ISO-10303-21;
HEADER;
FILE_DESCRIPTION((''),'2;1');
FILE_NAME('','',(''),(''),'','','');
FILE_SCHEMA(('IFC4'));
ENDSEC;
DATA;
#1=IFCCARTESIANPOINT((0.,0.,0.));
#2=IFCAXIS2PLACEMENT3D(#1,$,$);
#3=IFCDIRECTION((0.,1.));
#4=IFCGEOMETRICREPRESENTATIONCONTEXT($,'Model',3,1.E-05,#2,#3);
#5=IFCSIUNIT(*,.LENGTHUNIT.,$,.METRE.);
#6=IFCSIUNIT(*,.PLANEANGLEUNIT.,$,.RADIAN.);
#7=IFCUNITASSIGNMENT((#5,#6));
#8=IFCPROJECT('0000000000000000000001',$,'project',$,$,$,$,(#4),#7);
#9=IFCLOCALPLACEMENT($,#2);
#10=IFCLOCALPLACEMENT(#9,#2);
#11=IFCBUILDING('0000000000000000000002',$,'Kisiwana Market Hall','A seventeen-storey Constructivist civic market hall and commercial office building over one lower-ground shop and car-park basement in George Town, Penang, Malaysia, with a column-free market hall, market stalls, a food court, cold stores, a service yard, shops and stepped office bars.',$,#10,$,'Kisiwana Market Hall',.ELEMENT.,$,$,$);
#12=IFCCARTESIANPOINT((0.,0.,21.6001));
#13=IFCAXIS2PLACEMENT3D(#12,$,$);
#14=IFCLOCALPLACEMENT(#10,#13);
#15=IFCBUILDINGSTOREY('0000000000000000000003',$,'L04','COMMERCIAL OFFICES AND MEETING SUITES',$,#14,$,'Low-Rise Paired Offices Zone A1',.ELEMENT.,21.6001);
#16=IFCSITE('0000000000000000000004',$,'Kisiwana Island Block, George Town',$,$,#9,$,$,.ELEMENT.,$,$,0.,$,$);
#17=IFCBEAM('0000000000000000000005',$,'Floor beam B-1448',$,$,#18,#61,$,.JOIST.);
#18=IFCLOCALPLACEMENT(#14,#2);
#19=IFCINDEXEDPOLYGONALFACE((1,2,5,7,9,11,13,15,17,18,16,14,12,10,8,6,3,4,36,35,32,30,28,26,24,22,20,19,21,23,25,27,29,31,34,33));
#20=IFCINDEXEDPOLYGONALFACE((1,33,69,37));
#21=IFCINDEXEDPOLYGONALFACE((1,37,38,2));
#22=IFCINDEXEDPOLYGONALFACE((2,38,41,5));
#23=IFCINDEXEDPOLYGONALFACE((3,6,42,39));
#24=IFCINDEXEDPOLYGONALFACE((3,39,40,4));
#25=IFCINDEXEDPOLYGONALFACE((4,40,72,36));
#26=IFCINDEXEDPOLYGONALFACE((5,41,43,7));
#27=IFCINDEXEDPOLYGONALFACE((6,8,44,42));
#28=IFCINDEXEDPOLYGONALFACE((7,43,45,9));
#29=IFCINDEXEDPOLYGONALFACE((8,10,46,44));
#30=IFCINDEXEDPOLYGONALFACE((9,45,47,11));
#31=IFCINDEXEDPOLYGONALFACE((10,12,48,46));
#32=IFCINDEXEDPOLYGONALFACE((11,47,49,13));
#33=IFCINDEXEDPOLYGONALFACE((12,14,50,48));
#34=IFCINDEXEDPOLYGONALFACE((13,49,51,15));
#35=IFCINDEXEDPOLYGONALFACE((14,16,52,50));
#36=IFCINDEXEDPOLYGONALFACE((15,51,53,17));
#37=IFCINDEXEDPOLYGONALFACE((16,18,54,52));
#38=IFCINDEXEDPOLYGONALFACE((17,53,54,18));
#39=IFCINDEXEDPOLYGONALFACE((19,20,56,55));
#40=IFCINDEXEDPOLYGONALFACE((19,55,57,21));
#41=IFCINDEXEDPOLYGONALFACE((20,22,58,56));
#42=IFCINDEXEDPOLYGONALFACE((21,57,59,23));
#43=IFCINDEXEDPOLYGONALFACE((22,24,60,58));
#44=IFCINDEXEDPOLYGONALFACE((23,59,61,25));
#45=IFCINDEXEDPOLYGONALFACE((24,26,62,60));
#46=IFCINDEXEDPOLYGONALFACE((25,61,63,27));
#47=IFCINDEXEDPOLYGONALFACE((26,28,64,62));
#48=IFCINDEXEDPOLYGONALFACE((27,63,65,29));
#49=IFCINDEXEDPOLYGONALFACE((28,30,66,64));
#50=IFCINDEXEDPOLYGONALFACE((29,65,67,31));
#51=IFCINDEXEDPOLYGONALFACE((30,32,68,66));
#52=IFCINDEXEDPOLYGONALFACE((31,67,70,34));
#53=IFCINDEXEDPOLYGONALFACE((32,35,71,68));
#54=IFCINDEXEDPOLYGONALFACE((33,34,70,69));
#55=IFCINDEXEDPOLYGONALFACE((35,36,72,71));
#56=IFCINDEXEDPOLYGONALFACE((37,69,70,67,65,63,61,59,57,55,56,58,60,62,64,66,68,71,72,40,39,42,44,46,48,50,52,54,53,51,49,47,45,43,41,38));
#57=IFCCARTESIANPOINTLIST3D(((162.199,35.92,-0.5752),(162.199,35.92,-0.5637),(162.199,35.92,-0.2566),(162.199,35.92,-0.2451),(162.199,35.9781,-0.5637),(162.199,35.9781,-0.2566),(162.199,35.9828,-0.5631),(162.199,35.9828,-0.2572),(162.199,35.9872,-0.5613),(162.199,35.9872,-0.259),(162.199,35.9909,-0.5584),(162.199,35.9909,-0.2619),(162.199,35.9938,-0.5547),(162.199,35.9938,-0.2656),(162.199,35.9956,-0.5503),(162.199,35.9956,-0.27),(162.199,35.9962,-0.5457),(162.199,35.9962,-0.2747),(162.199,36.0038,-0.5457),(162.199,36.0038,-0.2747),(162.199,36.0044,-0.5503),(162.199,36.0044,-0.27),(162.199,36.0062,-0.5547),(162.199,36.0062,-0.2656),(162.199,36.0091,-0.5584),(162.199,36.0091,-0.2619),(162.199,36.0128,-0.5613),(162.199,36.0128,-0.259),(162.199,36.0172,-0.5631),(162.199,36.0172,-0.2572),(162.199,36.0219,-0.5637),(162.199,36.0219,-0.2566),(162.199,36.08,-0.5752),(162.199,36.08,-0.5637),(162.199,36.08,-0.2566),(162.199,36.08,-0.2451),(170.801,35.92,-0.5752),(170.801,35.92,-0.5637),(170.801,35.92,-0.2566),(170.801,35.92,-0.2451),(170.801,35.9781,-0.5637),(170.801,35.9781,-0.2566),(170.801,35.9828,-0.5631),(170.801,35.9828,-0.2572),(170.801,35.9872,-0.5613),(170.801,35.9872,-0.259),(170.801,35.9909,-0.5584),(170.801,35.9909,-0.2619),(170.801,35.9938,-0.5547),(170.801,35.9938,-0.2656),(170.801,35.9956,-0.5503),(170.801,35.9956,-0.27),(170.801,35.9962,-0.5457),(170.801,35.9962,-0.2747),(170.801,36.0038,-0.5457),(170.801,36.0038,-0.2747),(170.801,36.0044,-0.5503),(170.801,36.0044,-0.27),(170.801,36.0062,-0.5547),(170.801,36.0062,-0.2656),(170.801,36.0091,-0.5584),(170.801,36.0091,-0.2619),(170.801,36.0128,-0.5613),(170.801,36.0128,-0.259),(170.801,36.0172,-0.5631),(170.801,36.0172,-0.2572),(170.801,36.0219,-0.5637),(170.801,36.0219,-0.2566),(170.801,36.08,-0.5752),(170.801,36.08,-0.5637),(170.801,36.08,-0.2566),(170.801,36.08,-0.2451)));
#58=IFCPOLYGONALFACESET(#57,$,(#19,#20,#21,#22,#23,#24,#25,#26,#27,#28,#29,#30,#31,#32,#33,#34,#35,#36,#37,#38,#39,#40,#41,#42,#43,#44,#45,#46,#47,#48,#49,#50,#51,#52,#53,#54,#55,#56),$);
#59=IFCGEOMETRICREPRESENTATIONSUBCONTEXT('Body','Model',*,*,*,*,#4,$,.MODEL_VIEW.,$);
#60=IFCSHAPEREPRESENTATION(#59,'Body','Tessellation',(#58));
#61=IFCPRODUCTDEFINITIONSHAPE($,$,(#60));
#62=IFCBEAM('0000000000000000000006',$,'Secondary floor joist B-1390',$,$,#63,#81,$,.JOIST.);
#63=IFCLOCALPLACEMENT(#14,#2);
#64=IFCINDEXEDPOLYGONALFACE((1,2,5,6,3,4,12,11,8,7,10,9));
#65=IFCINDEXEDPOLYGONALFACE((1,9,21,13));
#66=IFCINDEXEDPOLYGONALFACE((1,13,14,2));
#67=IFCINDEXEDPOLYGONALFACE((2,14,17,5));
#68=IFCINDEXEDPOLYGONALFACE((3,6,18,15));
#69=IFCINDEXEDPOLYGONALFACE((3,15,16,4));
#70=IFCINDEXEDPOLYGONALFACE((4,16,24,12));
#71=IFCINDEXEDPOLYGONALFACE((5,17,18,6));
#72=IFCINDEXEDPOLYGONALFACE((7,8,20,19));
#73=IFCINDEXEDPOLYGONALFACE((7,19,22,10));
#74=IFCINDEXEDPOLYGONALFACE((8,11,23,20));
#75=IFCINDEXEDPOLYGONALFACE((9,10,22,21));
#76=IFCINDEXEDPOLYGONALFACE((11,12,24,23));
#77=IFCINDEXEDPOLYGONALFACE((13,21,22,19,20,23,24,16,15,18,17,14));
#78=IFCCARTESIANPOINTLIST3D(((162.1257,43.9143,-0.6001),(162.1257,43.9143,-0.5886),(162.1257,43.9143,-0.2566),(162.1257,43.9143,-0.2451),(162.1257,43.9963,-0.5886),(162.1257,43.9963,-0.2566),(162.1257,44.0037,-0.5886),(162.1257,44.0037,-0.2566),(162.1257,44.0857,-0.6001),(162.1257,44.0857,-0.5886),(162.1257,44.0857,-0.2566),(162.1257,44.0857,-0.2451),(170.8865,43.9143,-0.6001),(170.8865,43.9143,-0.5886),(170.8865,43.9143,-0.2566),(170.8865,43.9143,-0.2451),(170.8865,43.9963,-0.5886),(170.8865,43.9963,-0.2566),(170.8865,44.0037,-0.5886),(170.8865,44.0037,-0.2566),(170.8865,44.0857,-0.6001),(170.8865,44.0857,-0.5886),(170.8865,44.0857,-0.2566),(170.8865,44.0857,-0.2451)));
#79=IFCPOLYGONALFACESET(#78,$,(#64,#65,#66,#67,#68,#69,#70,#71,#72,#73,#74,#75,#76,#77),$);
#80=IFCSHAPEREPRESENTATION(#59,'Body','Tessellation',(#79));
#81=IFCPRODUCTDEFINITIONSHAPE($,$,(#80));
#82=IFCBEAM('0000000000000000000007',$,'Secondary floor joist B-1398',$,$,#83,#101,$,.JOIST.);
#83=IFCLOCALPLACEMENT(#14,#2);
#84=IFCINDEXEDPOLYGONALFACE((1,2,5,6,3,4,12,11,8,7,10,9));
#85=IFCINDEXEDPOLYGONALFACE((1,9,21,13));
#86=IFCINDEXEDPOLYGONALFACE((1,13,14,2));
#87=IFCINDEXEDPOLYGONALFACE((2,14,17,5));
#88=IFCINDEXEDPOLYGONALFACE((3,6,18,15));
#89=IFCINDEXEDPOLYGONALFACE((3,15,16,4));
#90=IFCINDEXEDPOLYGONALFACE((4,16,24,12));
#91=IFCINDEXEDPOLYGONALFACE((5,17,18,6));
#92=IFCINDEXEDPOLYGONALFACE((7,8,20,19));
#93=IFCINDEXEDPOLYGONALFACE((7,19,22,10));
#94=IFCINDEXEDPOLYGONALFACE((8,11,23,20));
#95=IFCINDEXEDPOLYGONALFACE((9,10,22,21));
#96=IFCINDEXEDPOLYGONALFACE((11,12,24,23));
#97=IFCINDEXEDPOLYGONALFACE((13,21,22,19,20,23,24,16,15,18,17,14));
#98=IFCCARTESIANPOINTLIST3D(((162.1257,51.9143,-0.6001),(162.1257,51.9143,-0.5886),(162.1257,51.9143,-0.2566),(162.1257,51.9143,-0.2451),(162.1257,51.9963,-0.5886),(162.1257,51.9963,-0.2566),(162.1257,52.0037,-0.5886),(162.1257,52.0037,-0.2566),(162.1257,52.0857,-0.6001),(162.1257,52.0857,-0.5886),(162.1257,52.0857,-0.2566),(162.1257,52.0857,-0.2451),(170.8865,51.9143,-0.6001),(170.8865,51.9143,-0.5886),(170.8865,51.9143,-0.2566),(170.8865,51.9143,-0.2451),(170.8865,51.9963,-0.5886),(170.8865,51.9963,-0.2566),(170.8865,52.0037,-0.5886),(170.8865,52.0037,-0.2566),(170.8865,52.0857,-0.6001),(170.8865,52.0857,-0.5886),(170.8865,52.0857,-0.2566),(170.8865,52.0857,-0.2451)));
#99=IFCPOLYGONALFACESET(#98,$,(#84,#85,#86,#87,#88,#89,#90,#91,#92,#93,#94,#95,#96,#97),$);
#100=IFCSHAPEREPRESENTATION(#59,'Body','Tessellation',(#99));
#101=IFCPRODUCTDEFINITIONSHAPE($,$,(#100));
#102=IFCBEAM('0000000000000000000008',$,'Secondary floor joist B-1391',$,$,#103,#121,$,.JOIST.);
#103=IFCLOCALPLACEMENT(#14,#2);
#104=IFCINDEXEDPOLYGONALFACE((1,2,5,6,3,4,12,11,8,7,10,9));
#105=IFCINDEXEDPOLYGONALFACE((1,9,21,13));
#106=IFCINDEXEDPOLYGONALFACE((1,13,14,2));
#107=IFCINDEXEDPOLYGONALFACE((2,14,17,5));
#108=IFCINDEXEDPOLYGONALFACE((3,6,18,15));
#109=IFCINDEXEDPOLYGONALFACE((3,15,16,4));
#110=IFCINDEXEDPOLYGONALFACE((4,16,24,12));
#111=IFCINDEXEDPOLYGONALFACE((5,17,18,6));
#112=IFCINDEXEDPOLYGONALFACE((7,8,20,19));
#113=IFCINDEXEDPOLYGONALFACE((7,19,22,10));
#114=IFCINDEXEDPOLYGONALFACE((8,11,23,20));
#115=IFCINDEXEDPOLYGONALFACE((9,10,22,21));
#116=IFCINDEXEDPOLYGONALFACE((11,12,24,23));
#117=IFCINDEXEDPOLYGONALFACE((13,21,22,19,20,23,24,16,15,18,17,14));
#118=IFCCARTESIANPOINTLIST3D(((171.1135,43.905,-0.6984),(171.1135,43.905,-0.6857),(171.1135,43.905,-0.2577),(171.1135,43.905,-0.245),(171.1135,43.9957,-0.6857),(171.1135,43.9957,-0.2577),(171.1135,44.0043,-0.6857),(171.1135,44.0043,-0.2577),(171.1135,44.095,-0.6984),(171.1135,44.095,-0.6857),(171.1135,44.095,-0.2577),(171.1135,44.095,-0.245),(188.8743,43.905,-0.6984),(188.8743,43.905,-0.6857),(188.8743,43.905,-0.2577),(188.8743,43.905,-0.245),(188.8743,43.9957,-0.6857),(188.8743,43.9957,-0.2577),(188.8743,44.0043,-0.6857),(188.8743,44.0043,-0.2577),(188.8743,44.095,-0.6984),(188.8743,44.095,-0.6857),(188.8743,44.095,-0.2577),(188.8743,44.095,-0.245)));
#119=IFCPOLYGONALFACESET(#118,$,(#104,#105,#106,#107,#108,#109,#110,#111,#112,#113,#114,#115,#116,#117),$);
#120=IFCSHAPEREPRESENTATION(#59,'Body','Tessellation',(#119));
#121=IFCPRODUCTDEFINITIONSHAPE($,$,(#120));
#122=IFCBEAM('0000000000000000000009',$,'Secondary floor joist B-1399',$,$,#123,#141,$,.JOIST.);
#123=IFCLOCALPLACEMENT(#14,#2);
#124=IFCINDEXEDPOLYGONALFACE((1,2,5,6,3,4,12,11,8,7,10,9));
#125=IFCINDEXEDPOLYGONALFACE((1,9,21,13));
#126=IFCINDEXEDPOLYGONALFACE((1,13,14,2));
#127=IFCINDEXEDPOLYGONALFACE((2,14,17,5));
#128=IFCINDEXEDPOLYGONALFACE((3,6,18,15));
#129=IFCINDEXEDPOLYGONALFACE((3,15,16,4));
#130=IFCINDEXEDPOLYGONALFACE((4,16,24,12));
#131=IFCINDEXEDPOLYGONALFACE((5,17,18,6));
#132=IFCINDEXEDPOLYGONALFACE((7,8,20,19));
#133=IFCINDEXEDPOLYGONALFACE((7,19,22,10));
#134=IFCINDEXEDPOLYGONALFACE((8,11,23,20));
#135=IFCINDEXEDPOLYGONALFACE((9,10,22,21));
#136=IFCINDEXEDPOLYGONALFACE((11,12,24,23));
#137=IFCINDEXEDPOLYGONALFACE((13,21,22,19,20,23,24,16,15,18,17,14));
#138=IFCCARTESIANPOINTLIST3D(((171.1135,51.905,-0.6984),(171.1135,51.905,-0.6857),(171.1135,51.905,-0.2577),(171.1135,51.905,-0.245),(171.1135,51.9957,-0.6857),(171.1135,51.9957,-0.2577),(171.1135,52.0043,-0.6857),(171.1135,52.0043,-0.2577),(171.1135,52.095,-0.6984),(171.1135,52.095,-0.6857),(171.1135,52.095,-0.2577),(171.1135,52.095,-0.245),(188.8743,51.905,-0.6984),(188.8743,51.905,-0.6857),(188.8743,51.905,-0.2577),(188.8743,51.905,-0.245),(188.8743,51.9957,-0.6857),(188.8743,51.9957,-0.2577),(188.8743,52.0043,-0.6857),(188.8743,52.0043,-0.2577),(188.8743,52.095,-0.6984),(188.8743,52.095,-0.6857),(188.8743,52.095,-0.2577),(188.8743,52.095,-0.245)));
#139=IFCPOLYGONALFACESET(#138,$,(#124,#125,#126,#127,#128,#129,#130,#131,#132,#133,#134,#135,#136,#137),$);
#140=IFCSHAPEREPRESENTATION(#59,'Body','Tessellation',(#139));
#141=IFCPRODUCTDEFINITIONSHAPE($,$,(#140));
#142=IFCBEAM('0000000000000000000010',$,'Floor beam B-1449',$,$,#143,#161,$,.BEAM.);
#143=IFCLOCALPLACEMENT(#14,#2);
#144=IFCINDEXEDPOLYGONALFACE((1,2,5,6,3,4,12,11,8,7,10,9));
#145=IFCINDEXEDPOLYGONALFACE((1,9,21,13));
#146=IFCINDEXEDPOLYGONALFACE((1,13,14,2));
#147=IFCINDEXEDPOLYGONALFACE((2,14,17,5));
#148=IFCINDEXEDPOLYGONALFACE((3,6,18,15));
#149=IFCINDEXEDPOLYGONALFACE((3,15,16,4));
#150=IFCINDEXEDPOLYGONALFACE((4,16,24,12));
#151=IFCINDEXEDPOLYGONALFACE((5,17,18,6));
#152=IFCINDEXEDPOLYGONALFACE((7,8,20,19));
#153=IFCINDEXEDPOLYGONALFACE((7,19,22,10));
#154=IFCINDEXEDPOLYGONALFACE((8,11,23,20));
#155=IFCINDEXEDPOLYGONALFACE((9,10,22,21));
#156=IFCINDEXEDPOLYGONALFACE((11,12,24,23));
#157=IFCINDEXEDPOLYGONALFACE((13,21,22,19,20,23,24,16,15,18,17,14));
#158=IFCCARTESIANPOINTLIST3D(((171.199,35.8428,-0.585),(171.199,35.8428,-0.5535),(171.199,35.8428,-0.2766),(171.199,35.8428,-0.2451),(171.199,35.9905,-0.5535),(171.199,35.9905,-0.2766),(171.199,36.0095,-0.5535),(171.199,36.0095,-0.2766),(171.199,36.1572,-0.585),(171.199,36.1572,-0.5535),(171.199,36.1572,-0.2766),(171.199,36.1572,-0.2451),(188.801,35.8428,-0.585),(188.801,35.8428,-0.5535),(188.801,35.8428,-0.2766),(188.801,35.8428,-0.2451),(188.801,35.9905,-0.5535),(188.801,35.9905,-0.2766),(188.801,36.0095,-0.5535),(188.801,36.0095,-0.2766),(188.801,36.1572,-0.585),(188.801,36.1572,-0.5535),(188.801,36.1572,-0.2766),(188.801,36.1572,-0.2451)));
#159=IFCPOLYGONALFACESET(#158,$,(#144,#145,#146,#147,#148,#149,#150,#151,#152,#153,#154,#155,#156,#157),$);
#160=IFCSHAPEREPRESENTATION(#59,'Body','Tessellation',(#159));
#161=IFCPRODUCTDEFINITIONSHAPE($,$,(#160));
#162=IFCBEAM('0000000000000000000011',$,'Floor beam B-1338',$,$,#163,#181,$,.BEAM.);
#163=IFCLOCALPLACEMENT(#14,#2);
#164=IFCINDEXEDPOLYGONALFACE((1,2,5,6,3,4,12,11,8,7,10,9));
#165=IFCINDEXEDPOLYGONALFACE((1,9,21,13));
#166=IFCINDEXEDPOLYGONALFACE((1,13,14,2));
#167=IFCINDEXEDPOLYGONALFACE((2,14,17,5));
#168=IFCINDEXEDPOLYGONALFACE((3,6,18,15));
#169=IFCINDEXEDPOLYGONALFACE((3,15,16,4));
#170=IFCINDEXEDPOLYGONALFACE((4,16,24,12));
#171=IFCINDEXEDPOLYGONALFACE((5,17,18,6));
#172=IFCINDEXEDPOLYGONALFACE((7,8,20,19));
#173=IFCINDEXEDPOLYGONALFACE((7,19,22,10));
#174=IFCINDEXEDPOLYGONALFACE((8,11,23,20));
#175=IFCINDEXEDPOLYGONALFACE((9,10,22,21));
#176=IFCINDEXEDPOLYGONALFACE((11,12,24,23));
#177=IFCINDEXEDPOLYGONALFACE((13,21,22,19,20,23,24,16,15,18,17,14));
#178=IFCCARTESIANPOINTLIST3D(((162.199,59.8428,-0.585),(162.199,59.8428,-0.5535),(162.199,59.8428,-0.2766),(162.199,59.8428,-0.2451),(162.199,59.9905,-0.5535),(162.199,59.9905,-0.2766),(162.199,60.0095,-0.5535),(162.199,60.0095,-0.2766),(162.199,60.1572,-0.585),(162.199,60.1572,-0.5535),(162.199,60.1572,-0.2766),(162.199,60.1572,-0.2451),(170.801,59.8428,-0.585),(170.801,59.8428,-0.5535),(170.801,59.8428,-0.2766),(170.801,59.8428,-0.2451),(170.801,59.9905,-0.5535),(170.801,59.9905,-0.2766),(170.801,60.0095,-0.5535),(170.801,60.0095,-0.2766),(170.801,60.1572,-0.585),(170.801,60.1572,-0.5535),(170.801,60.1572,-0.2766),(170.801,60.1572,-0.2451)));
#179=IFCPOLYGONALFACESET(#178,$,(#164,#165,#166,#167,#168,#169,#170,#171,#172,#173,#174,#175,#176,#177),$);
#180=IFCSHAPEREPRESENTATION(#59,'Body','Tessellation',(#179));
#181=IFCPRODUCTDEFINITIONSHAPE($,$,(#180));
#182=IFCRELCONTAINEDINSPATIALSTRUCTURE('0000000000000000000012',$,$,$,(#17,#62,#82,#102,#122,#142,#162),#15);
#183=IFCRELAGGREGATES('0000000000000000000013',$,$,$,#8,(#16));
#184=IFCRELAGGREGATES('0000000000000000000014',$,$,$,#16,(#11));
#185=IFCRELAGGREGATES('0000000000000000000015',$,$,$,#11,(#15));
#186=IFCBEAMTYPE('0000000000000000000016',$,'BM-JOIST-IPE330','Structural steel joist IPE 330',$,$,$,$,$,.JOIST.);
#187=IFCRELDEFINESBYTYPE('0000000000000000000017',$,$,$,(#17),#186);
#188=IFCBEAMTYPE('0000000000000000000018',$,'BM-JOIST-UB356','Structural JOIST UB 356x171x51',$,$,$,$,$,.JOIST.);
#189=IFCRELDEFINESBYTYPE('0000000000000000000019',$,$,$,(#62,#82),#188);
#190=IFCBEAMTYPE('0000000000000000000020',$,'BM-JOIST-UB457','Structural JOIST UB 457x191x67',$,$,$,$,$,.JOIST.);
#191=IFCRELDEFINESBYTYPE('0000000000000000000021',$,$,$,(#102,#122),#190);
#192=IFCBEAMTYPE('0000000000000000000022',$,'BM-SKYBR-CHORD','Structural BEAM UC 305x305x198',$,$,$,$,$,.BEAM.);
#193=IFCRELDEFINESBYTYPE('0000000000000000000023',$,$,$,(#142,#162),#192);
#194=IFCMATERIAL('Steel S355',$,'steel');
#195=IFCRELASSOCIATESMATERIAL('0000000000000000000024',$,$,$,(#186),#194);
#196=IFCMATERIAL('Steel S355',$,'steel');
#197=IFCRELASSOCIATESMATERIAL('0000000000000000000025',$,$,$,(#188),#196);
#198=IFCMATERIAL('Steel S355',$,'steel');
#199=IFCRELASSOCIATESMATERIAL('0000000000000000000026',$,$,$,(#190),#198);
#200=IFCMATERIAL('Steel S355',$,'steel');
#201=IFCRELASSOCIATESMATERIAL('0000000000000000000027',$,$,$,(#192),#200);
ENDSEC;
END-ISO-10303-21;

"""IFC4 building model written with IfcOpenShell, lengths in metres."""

from ifc_helpers import new_model, si_unit, direction, frame, origin, origin_2d, place, context, subcontext, project, spatial, i_section, extrude, material, material_profile, profile_set, type_object, element, save


model = new_model("IFC4")

# Units and contexts
model_context = context("Model", 3, precision=1e-05, world=origin(), true_north=direction((0.0, 1.0)))
body_context = subcontext(model_context, "Body", "Model", "MODEL_VIEW")
ifc_project = project(units=[si_unit("LENGTHUNIT", "METRE"), si_unit("PLANEANGLEUNIT", "RADIAN")], contexts=[model_context])

# Site, building, storey
site_placement = place(None, origin())
site = spatial("IfcSite", under=ifc_project, at=site_placement, Name="Kisiwana Island Block, George Town", CompositionType="ELEMENT", RefElevation=0.0)
building_placement = place(site_placement, origin())
building = spatial("IfcBuilding", under=site, at=building_placement, Name="Kisiwana Market Hall", Description="A seventeen-storey Constructivist civic market hall and commercial office building over one lower-ground shop and car-park basement in George Town, Penang, Malaysia, with a column-free market hall, market stalls, a food court, cold stores, a service yard, shops and stepped office bars.", LongName="Kisiwana Market Hall", CompositionType="ELEMENT")
storey_placement = place(building_placement, frame((0.0, 0.0, 21.6001)))
storey = spatial("IfcBuildingStorey", under=building, at=storey_placement, Name="L04", Description="COMMERCIAL OFFICES AND MEETING SUITES", LongName="Low-Rise Paired Offices Zone A1", CompositionType="ELEMENT", Elevation=21.6001)

# Beams
ifc_material_1 = material(Name="Steel S355", Category="steel")
ifc_material_profile_1 = material_profile(ifc_material_1, i_section(OverallWidth=0.1599, OverallDepth=0.3301, WebThickness=0.0076, FlangeThickness=0.0115, FilletRadius=0.0181, at=origin_2d()), Name="IPE 330")
ifc_profile_set_1 = profile_set([ifc_material_profile_1], Name="Steel S355")
beam_type_1 = type_object("IfcBeamType", Name="BM-JOIST-IPE330", Description="Structural steel joist IPE 330", PredefinedType="JOIST", material=ifc_profile_set_1)
beam_1_placement = place(storey_placement, frame((162.199, 36.0, -0.4102), z_axis=(1.0, 0.0, 0.0), x_axis=(0.0, 1.0, 0.0)))
element("IfcBeam", 1, at=beam_1_placement, inside=storey, type_object=beam_type_1, Name="Floor beam B-1448", PredefinedType="JOIST", context=body_context, shape_type="SweptSolid", body=[
    extrude(i_section(OverallWidth=0.1599, OverallDepth=0.3301, WebThickness=0.0076, FlangeThickness=0.0115, FilletRadius=0.0181, at=origin_2d()), origin(), (0.0, 0.0, 1.0), 8.6021),
])
ifc_material_2 = material(Name="Steel S355", Category="steel")
ifc_material_profile_2 = material_profile(ifc_material_2, i_section(OverallWidth=0.1714, OverallDepth=0.355, WebThickness=0.0073, FlangeThickness=0.0115, at=origin_2d()), Name="UB 356x171x51")
ifc_profile_set_2 = profile_set([ifc_material_profile_2], Name="Steel S355")
beam_type_2 = type_object("IfcBeamType", Name="BM-JOIST-UB356", Description="Structural JOIST UB 356x171x51", PredefinedType="JOIST", material=ifc_profile_set_2)
for number, where, z_axis, x_axis, name in (
    (2, (162.1257, 44.0, -0.4226), (1.0, 0.0, 0.0), (0.0, 1.0, 0.0), "Secondary floor joist B-1390"),
    (3, (162.1257, 52.0, -0.4226), (1.0, 0.0, 0.0), (0.0, 1.0, 0.0), "Secondary floor joist B-1398"),
):
    element("IfcBeam", number, at=place(storey_placement, frame(where, z_axis=z_axis, x_axis=x_axis)), inside=storey, type_object=beam_type_2, Name=name, PredefinedType="JOIST", context=body_context, shape_type="SweptSolid", body=[
        extrude(i_section(OverallWidth=0.1714, OverallDepth=0.355, WebThickness=0.0073, FlangeThickness=0.0115, at=origin_2d()), origin(), (0.0, 0.0, 1.0), 8.7607),
    ])
ifc_material_3 = material(Name="Steel S355", Category="steel")
ifc_material_profile_3 = material_profile(ifc_material_3, i_section(OverallWidth=0.1899, OverallDepth=0.4534, WebThickness=0.0085, FlangeThickness=0.0127, at=origin_2d()), Name="UB 457x191x67")
ifc_profile_set_3 = profile_set([ifc_material_profile_3], Name="Steel S355")
beam_type_3 = type_object("IfcBeamType", Name="BM-JOIST-UB457", Description="Structural JOIST UB 457x191x67", PredefinedType="JOIST", material=ifc_profile_set_3)
for number, where, z_axis, x_axis, name in (
    (4, (171.1135, 44.0, -0.4717), (1.0, 0.0, 0.0), (0.0, 1.0, 0.0), "Secondary floor joist B-1391"),
    (5, (171.1135, 52.0, -0.4717), (1.0, 0.0, 0.0), (0.0, 1.0, 0.0), "Secondary floor joist B-1399"),
):
    element("IfcBeam", number, at=place(storey_placement, frame(where, z_axis=z_axis, x_axis=x_axis)), inside=storey, type_object=beam_type_3, Name=name, PredefinedType="JOIST", context=body_context, shape_type="SweptSolid", body=[
        extrude(i_section(OverallWidth=0.1899, OverallDepth=0.4534, WebThickness=0.0085, FlangeThickness=0.0127, at=origin_2d()), origin(), (0.0, 0.0, 1.0), 17.7607),
    ])
ifc_material_4 = material(Name="Steel S355", Category="steel")
ifc_material_profile_4 = material_profile(ifc_material_4, i_section(OverallWidth=0.3145, OverallDepth=0.3398, WebThickness=0.019, FlangeThickness=0.0315, at=origin_2d()), Name="UC 305x305x198")
ifc_profile_set_4 = profile_set([ifc_material_profile_4], Name="Steel S355")
beam_type_4 = type_object("IfcBeamType", Name="BM-SKYBR-CHORD", Description="Structural BEAM UC 305x305x198", PredefinedType="BEAM", material=ifc_profile_set_4)
beam_2_placement = place(storey_placement, frame((171.199, 36.0, -0.415), z_axis=(1.0, 0.0, 0.0), x_axis=(0.0, 1.0, 0.0)))
element("IfcBeam", 6, at=beam_2_placement, inside=storey, type_object=beam_type_4, Name="Floor beam B-1449", PredefinedType="BEAM", context=body_context, shape_type="SweptSolid", body=[
    extrude(i_section(OverallWidth=0.3145, OverallDepth=0.3398, WebThickness=0.019, FlangeThickness=0.0315, at=origin_2d()), origin(), (0.0, 0.0, 1.0), 17.6021),
])
beam_3_placement = place(storey_placement, frame((162.199, 60.0, -0.415), z_axis=(1.0, 0.0, 0.0), x_axis=(0.0, 1.0, 0.0)))
element("IfcBeam", 7, at=beam_3_placement, inside=storey, type_object=beam_type_4, Name="Floor beam B-1338", PredefinedType="BEAM", context=body_context, shape_type="SweptSolid", body=[
    extrude(i_section(OverallWidth=0.3145, OverallDepth=0.3398, WebThickness=0.019, FlangeThickness=0.0315, at=origin_2d()), origin(), (0.0, 0.0, 1.0), 8.6021),
])

save(model, "model.ifc")
